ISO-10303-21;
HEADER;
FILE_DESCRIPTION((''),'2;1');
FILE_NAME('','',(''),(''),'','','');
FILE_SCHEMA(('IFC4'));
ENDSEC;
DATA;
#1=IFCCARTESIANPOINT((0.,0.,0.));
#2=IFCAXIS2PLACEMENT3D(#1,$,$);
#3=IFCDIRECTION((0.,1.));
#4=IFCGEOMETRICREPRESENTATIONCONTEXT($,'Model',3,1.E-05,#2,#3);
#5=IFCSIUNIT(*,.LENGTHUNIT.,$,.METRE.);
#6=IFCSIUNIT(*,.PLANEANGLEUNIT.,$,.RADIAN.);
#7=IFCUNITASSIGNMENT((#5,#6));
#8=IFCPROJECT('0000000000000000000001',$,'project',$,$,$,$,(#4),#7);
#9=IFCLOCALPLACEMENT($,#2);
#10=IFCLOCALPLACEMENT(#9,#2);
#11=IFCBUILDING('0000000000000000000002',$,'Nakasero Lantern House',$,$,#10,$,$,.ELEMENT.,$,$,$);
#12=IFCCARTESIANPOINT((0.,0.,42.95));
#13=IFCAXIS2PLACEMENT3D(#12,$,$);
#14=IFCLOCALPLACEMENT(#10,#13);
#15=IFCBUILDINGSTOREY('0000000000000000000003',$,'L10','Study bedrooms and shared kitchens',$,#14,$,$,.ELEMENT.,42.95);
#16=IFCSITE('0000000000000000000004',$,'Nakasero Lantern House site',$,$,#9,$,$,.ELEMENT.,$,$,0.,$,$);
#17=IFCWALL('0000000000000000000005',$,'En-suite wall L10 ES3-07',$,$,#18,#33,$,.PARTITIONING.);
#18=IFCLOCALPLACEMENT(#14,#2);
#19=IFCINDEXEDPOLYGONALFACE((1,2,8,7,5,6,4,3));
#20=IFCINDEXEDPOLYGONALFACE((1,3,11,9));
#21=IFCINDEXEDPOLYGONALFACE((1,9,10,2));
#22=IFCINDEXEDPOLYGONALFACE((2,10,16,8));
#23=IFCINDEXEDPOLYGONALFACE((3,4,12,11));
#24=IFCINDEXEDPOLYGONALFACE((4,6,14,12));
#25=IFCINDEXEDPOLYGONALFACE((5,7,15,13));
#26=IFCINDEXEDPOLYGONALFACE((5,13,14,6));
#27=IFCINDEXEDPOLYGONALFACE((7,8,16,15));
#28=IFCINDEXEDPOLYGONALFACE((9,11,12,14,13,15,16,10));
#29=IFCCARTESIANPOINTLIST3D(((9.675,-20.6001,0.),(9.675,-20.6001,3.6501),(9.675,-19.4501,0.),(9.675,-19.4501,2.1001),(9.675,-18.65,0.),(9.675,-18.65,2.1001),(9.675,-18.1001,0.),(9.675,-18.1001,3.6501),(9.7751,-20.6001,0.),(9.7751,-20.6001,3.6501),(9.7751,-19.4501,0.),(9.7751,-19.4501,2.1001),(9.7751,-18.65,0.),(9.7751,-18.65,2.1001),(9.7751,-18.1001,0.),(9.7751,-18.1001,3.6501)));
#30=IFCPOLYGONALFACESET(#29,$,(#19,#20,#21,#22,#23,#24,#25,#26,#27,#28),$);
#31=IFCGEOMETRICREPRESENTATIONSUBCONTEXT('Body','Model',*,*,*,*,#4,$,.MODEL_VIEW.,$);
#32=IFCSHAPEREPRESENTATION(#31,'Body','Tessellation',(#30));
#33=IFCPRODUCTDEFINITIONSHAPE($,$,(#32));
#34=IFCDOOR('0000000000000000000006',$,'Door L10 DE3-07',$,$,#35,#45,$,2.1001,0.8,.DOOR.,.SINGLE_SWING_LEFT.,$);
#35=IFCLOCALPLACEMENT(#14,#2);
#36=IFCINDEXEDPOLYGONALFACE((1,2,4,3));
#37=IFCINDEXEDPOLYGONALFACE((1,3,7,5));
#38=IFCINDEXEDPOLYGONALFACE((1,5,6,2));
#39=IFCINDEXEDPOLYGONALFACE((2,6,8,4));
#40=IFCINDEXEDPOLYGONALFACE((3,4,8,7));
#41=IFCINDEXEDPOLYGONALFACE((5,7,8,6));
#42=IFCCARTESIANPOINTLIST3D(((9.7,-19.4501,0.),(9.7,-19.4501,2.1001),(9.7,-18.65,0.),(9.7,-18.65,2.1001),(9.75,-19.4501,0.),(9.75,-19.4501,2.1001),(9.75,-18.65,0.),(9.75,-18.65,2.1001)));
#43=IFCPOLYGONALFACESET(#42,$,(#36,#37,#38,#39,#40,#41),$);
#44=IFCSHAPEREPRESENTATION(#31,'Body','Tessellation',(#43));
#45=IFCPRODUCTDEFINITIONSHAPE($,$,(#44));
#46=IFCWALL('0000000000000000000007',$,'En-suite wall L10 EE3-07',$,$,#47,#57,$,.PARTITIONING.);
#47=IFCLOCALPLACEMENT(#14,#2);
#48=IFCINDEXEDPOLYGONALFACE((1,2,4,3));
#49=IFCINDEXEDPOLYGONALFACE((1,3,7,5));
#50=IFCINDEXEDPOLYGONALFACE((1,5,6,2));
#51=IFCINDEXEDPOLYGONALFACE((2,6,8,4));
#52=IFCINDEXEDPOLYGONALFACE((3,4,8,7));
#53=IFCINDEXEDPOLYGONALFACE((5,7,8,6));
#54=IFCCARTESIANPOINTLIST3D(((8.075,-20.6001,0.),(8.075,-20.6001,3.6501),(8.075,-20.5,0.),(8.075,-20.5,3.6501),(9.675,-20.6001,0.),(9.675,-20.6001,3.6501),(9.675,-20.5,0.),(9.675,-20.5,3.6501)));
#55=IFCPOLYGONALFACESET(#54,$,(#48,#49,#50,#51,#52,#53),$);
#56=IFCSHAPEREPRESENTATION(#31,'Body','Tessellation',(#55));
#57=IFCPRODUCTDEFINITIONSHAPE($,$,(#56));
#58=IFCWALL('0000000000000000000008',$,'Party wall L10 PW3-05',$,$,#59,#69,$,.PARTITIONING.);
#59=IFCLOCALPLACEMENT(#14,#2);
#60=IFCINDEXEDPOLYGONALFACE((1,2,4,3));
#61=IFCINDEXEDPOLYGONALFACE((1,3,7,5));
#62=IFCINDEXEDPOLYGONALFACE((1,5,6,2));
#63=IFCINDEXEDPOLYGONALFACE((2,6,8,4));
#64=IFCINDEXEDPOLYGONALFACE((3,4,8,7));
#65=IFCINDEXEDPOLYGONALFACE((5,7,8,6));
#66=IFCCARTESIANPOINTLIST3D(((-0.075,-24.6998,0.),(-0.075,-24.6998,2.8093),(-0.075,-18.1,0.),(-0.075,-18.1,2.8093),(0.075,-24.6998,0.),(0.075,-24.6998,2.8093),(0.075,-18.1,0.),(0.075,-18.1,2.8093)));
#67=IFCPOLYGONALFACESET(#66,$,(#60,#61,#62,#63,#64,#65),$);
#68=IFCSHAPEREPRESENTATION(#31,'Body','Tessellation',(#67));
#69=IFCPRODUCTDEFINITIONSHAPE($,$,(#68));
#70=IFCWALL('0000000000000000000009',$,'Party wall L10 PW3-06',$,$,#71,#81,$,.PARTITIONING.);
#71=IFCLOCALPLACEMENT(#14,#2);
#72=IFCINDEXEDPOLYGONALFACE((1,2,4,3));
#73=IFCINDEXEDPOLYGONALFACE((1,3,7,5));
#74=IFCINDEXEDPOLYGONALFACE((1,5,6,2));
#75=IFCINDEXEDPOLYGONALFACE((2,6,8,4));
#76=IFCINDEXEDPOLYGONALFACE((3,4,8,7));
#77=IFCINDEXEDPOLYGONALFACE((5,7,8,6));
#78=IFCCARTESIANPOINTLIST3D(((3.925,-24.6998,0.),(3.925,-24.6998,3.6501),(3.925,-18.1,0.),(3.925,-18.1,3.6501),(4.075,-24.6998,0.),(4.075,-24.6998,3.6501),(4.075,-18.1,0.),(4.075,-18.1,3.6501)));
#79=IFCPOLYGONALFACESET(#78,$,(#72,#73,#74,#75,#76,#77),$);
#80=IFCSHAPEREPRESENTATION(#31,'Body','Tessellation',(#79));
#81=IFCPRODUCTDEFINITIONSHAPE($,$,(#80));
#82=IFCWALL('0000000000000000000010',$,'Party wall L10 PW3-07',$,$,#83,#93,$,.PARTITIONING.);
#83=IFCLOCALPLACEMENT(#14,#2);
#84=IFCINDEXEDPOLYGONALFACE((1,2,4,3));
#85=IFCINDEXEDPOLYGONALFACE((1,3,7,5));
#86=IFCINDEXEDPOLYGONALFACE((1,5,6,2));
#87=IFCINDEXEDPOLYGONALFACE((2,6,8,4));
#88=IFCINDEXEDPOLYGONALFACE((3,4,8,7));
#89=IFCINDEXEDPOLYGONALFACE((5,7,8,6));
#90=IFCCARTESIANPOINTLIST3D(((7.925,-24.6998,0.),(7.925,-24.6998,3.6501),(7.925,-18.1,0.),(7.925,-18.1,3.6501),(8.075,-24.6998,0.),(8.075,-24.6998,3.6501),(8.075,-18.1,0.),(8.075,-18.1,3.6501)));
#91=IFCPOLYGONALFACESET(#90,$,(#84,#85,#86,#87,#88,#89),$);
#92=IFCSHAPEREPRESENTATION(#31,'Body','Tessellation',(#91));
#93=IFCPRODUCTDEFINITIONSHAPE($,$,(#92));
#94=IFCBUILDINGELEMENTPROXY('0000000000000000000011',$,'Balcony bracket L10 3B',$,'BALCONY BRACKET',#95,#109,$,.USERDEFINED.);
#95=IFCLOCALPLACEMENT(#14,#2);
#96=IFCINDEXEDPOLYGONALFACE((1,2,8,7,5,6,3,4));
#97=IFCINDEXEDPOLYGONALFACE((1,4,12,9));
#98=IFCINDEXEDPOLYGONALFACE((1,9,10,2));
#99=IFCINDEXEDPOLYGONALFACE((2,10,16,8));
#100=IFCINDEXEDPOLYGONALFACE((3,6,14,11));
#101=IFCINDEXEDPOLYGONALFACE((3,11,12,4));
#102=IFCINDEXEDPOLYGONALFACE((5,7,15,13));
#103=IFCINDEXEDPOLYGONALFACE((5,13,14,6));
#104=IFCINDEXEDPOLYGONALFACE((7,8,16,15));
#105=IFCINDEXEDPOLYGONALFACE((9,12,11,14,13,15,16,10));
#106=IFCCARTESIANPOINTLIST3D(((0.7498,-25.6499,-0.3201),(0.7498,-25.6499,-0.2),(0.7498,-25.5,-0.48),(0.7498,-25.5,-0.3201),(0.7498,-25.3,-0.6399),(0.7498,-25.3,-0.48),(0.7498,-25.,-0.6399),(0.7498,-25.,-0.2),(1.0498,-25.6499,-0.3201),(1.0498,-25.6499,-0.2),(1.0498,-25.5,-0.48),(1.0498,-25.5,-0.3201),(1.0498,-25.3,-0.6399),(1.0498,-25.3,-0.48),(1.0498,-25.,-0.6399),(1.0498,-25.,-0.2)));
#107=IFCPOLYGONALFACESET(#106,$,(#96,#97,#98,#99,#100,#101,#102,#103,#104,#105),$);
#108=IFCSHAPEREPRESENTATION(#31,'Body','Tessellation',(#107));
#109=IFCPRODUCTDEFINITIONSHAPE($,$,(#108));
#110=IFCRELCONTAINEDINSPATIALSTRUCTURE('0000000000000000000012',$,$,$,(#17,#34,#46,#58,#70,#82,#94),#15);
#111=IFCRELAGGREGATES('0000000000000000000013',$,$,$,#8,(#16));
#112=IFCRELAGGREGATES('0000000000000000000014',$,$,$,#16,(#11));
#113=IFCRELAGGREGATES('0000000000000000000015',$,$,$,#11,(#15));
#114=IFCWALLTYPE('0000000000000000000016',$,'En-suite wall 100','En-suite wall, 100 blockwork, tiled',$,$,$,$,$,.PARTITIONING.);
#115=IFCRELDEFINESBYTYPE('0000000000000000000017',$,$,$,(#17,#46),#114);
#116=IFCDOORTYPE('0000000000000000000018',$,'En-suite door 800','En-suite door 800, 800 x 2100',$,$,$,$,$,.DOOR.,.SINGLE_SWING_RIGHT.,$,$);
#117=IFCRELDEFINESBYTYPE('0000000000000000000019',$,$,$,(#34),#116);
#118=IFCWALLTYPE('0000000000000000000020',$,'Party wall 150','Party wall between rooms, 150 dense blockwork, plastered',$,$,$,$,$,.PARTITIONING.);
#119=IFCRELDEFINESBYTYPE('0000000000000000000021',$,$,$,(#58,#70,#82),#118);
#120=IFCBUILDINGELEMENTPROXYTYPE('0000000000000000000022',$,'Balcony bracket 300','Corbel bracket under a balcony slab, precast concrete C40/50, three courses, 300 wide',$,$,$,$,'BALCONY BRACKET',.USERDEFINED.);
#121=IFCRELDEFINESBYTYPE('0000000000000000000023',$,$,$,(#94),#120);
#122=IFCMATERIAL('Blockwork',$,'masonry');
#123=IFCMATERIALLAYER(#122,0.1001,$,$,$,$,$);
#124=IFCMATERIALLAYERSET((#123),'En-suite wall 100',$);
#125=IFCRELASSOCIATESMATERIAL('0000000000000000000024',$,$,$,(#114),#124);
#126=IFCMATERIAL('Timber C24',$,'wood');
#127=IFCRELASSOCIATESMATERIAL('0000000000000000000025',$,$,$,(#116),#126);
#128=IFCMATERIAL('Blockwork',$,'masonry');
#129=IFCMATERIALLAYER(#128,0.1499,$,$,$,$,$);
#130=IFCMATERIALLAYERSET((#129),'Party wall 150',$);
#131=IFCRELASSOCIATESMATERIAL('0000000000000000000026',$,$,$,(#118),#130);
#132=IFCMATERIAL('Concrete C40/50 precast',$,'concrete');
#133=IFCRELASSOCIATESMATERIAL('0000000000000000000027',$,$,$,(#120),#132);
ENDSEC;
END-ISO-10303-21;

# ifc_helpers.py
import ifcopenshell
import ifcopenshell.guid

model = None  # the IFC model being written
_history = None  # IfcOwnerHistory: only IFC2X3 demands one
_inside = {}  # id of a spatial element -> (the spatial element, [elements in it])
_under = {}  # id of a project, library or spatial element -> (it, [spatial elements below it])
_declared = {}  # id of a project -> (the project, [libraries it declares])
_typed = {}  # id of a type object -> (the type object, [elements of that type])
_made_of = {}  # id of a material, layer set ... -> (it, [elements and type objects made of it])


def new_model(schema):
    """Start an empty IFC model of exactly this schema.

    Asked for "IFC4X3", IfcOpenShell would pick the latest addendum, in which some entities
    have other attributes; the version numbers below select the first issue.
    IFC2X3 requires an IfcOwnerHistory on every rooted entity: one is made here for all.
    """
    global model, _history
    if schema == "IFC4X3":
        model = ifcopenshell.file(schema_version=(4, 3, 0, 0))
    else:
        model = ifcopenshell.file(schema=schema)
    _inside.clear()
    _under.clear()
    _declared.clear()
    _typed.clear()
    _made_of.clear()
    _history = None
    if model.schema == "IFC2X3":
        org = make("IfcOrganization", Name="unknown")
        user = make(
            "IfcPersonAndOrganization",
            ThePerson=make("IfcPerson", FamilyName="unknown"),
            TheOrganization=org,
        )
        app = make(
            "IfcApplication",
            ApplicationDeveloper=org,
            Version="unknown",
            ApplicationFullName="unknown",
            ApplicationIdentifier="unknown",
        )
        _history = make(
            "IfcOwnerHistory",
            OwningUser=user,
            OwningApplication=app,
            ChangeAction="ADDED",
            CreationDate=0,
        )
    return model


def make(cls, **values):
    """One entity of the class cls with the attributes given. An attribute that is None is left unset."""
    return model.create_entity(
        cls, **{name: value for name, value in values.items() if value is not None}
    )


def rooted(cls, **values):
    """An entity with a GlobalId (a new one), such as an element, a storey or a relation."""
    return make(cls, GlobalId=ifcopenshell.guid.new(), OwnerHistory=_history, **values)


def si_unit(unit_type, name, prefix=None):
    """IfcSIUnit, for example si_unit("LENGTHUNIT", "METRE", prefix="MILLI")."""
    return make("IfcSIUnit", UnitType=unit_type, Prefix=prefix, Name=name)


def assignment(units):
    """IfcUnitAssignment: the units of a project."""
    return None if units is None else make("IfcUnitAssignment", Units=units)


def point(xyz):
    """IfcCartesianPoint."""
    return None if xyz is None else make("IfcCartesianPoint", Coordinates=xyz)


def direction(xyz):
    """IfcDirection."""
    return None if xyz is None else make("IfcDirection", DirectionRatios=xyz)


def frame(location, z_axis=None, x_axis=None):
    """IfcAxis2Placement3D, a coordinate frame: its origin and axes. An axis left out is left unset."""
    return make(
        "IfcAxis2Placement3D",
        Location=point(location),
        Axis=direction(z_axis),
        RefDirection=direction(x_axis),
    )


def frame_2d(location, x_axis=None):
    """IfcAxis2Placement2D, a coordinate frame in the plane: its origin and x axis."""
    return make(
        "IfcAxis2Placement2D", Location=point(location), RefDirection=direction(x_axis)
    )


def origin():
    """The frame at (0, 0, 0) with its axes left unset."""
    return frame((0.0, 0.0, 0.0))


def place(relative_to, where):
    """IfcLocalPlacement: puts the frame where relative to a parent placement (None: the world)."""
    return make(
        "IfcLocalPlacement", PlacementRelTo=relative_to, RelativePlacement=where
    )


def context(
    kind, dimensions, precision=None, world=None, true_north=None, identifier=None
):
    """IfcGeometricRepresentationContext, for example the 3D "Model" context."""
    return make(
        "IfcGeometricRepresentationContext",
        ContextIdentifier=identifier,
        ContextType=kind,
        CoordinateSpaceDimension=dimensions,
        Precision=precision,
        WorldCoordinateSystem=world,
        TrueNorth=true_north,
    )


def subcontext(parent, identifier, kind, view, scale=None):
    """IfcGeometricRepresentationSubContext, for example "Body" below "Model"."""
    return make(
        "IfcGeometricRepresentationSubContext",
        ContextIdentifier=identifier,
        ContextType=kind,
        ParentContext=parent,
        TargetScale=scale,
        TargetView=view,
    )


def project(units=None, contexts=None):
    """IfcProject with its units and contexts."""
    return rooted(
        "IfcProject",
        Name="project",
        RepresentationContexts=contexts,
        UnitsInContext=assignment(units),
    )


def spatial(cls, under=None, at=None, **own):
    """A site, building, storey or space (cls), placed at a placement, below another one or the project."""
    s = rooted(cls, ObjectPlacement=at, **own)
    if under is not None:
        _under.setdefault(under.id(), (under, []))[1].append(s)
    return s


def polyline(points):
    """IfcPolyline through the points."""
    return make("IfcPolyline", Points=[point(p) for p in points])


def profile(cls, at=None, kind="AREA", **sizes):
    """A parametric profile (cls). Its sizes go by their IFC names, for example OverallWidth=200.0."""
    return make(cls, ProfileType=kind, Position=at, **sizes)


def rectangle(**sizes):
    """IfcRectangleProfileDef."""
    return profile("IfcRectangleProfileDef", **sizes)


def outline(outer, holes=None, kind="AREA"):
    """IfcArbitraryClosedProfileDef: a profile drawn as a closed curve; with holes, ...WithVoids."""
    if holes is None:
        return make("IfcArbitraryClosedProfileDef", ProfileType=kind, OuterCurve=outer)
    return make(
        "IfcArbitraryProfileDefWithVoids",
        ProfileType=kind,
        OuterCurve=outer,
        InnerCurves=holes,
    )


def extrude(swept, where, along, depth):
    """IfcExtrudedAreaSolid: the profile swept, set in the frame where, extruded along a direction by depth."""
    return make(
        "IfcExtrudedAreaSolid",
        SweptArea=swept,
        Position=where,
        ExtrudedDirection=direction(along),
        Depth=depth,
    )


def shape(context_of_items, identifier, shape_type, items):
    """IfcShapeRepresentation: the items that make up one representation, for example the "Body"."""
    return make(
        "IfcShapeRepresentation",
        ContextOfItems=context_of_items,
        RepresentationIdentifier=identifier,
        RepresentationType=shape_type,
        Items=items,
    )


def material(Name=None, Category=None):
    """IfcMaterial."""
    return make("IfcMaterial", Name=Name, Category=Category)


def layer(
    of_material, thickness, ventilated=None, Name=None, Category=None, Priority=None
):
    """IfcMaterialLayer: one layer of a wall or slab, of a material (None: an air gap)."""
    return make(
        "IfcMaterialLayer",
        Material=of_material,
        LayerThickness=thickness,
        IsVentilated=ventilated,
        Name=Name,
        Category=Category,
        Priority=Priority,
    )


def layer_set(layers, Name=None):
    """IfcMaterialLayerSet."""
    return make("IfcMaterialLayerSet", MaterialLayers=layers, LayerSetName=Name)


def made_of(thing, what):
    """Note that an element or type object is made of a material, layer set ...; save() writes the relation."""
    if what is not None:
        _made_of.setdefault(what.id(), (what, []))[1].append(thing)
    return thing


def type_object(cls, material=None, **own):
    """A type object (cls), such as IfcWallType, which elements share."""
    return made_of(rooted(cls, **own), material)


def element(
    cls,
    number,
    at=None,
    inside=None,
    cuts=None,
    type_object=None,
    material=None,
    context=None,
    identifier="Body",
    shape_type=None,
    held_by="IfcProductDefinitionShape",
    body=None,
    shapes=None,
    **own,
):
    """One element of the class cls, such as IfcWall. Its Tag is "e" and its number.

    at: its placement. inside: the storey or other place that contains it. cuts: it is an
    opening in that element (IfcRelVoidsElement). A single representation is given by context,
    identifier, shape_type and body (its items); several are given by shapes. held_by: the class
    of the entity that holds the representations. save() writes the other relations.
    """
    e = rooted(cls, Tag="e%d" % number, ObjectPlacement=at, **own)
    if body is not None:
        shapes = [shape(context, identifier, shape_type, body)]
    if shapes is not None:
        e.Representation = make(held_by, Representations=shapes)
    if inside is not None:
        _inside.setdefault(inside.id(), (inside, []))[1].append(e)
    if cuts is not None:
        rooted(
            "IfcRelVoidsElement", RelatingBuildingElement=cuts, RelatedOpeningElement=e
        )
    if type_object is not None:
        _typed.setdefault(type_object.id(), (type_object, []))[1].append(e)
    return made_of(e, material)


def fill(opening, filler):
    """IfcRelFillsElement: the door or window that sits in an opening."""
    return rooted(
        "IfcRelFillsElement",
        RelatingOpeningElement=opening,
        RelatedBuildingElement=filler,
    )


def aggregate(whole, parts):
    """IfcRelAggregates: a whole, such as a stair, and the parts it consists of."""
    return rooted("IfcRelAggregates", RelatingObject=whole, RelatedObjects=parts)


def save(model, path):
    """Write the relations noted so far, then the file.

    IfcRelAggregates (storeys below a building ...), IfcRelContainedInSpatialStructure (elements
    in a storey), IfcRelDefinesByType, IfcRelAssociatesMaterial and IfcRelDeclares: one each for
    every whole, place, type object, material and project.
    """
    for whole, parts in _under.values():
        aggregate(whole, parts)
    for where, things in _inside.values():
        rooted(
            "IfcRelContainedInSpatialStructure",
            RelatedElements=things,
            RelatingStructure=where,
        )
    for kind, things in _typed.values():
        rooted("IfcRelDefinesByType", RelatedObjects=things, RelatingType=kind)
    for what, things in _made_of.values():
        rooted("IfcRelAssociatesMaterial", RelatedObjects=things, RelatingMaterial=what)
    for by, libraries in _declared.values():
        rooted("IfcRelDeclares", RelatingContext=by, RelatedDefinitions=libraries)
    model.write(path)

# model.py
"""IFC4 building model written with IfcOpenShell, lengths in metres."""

from ifc_helpers import new_model, si_unit, direction, frame, frame_2d, origin, place, context, subcontext, project, spatial, polyline, rectangle, outline, extrude, material, layer, layer_set, type_object, element, fill, save


model = new_model("IFC4")

# Units and contexts
model_context = context("Model", 3, precision=1e-05, world=origin(), true_north=direction((0.0, 1.0)))
body_context = subcontext(model_context, "Body", "Model", "MODEL_VIEW")
ifc_project = project(units=[si_unit("LENGTHUNIT", "METRE"), si_unit("PLANEANGLEUNIT", "RADIAN")], contexts=[model_context])

# Site, building, storey
site_placement = place(None, origin())
site = spatial("IfcSite", under=ifc_project, at=site_placement, Name="Nakasero Lantern House site", CompositionType="ELEMENT", RefElevation=0.0)
building_placement = place(site_placement, origin())
building = spatial("IfcBuilding", under=site, at=building_placement, Name="Nakasero Lantern House", CompositionType="ELEMENT")
storey_placement = place(building_placement, frame((0.0, 0.0, 42.95)))
storey = spatial("IfcBuildingStorey", under=building, at=storey_placement, Name="L10", Description="Study bedrooms and shared kitchens", CompositionType="ELEMENT", Elevation=42.95)

# Shared definitions
ifc_material_1 = material(Name="Blockwork", Category="masonry")
ifc_layer_1 = layer(ifc_material_1, 0.1001)
ifc_layer_set_1 = layer_set([ifc_layer_1], Name="En-suite wall 100")
wall_type_1 = type_object("IfcWallType", Name="En-suite wall 100", Description="En-suite wall, 100 blockwork, tiled", PredefinedType="PARTITIONING", material=ifc_layer_set_1)
ifc_material_2 = material(Name="Timber C24", Category="wood")
door_type = type_object("IfcDoorType", Name="En-suite door 800", Description="En-suite door 800, 800 x 2100", OperationType="SINGLE_SWING_RIGHT", PredefinedType="DOOR", material=ifc_material_2)

# Wall, opening, door
wall_1_placement = place(storey_placement, frame((9.7251, -18.1001, 0.0), z_axis=(0.0, 0.0, 1.0), x_axis=(0.0, -1.0, 0.0)))
wall_1 = element("IfcWall", 1, at=wall_1_placement, inside=storey, type_object=wall_type_1, Name="En-suite wall L10 ES3-07", PredefinedType="PARTITIONING", context=body_context, shape_type="SweptSolid", body=[
    extrude(rectangle(XDim=2.5, YDim=0.1001, at=frame_2d((1.25, 0.0))), origin(), (0.0, 0.0, 1.0), 3.6501),
])
opening_1_placement = place(wall_1_placement, frame((0.55, 0.0, 0.0)))
opening_1 = element("IfcOpeningElement", 2, at=opening_1_placement, cuts=wall_1, PredefinedType="OPENING", context=body_context, shape_type="SweptSolid", body=[
    extrude(rectangle(XDim=0.8, YDim=2.1001, at=frame_2d((0.3999, 1.05))), frame((0.0, 0.0701, 0.0), z_axis=(0.0, -1.0, 0.0), x_axis=(1.0, 0.0, 0.0)), (0.0, 0.0, 1.0), 0.1401),
])
door_1_placement = place(opening_1_placement, origin())
door_1 = element("IfcDoor", 3, at=door_1_placement, inside=storey, type_object=door_type, Name="Door L10 DE3-07", OperationType="SINGLE_SWING_LEFT", OverallHeight=2.1001, OverallWidth=0.8, PredefinedType="DOOR", context=body_context, shape_type="SweptSolid", body=[
    extrude(rectangle(XDim=0.8, YDim=2.1001, at=frame_2d((0.3999, 1.05))), frame((0.0, 0.0249, 0.0), z_axis=(0.0, -1.0, 0.0), x_axis=(1.0, 0.0, 0.0)), (0.0, 0.0, 1.0), 0.05),
])
fill(opening_1, door_1)

# Walls
wall_2_placement = place(storey_placement, frame((8.075, -20.55, 0.0), z_axis=(0.0, 0.0, 1.0), x_axis=(1.0, 0.0, 0.0)))
element("IfcWall", 4, at=wall_2_placement, inside=storey, type_object=wall_type_1, Name="En-suite wall L10 EE3-07", PredefinedType="PARTITIONING", context=body_context, shape_type="SweptSolid", body=[
    extrude(rectangle(XDim=1.6001, YDim=0.1001, at=frame_2d((0.8, 0.0))), origin(), (0.0, 0.0, 1.0), 3.6501),
])
ifc_material_3 = material(Name="Blockwork", Category="masonry")
ifc_layer_2 = layer(ifc_material_3, 0.1499)
ifc_layer_set_2 = layer_set([ifc_layer_2], Name="Party wall 150")
wall_type_2 = type_object("IfcWallType", Name="Party wall 150", Description="Party wall between rooms, 150 dense blockwork, plastered", PredefinedType="PARTITIONING", material=ifc_layer_set_2)
wall_3_placement = place(storey_placement, frame((0.0, -18.1001, 0.0), z_axis=(0.0, 0.0, 1.0), x_axis=(0.0, -1.0, 0.0)))
element("IfcWall", 5, at=wall_3_placement, inside=storey, type_object=wall_type_2, Name="Party wall L10 PW3-05", PredefinedType="PARTITIONING", context=body_context, shape_type="SweptSolid", body=[
    extrude(rectangle(XDim=6.5999, YDim=0.1499, at=frame_2d((3.2998, 0.0))), origin(), (0.0, 0.0, 1.0), 2.8093),
])
for number, where, z_axis, x_axis, name in (
    (6, (4.0, -18.1001, 0.0), (0.0, 0.0, 1.0), (0.0, -1.0, 0.0), "Party wall L10 PW3-06"),
    (7, (8.0, -18.1001, 0.0), (0.0, 0.0, 1.0), (0.0, -1.0, 0.0), "Party wall L10 PW3-07"),
):
    element("IfcWall", number, at=place(storey_placement, frame(where, z_axis=z_axis, x_axis=x_axis)), inside=storey, type_object=wall_type_2, Name=name, PredefinedType="PARTITIONING", context=body_context, shape_type="SweptSolid", body=[
        extrude(rectangle(XDim=6.5999, YDim=0.1499, at=frame_2d((3.2998, 0.0))), origin(), (0.0, 0.0, 1.0), 3.6501),
    ])

# Building element proxy
ifc_material_4 = material(Name="Concrete C40/50 precast", Category="concrete")
building_element_proxy_type = type_object("IfcBuildingElementProxyType", Name="Balcony bracket 300", Description="Corbel bracket under a balcony slab, precast concrete C40/50, three courses, 300 wide", ElementType="BALCONY BRACKET", PredefinedType="USERDEFINED", material=ifc_material_4)
proxy_placement = place(storey_placement, frame((0.8999, -25.0, -0.2), z_axis=(0.0, 0.0, 1.0), x_axis=(0.0, -1.0, 0.0)))
element("IfcBuildingElementProxy", 8, at=proxy_placement, inside=storey, type_object=building_element_proxy_type, Name="Balcony bracket L10 3B", ObjectType="BALCONY BRACKET", PredefinedType="USERDEFINED", context=body_context, shape_type="SweptSolid", body=[
    extrude(outline(polyline([(0.0, 0.0), (0.6499, 0.0), (0.6499, -0.1201), (0.5, -0.1201), (0.5, -0.28), (0.3, -0.28), (0.3, -0.4399), (0.0, -0.4399), (0.0, 0.0)])), frame((0.0, 0.1499, 0.0), z_axis=(0.0, -1.0, 0.0), x_axis=(1.0, 0.0, 0.0)), (0.0, 0.0, 1.0), 0.3),
])

save(model, "model.ifc")
